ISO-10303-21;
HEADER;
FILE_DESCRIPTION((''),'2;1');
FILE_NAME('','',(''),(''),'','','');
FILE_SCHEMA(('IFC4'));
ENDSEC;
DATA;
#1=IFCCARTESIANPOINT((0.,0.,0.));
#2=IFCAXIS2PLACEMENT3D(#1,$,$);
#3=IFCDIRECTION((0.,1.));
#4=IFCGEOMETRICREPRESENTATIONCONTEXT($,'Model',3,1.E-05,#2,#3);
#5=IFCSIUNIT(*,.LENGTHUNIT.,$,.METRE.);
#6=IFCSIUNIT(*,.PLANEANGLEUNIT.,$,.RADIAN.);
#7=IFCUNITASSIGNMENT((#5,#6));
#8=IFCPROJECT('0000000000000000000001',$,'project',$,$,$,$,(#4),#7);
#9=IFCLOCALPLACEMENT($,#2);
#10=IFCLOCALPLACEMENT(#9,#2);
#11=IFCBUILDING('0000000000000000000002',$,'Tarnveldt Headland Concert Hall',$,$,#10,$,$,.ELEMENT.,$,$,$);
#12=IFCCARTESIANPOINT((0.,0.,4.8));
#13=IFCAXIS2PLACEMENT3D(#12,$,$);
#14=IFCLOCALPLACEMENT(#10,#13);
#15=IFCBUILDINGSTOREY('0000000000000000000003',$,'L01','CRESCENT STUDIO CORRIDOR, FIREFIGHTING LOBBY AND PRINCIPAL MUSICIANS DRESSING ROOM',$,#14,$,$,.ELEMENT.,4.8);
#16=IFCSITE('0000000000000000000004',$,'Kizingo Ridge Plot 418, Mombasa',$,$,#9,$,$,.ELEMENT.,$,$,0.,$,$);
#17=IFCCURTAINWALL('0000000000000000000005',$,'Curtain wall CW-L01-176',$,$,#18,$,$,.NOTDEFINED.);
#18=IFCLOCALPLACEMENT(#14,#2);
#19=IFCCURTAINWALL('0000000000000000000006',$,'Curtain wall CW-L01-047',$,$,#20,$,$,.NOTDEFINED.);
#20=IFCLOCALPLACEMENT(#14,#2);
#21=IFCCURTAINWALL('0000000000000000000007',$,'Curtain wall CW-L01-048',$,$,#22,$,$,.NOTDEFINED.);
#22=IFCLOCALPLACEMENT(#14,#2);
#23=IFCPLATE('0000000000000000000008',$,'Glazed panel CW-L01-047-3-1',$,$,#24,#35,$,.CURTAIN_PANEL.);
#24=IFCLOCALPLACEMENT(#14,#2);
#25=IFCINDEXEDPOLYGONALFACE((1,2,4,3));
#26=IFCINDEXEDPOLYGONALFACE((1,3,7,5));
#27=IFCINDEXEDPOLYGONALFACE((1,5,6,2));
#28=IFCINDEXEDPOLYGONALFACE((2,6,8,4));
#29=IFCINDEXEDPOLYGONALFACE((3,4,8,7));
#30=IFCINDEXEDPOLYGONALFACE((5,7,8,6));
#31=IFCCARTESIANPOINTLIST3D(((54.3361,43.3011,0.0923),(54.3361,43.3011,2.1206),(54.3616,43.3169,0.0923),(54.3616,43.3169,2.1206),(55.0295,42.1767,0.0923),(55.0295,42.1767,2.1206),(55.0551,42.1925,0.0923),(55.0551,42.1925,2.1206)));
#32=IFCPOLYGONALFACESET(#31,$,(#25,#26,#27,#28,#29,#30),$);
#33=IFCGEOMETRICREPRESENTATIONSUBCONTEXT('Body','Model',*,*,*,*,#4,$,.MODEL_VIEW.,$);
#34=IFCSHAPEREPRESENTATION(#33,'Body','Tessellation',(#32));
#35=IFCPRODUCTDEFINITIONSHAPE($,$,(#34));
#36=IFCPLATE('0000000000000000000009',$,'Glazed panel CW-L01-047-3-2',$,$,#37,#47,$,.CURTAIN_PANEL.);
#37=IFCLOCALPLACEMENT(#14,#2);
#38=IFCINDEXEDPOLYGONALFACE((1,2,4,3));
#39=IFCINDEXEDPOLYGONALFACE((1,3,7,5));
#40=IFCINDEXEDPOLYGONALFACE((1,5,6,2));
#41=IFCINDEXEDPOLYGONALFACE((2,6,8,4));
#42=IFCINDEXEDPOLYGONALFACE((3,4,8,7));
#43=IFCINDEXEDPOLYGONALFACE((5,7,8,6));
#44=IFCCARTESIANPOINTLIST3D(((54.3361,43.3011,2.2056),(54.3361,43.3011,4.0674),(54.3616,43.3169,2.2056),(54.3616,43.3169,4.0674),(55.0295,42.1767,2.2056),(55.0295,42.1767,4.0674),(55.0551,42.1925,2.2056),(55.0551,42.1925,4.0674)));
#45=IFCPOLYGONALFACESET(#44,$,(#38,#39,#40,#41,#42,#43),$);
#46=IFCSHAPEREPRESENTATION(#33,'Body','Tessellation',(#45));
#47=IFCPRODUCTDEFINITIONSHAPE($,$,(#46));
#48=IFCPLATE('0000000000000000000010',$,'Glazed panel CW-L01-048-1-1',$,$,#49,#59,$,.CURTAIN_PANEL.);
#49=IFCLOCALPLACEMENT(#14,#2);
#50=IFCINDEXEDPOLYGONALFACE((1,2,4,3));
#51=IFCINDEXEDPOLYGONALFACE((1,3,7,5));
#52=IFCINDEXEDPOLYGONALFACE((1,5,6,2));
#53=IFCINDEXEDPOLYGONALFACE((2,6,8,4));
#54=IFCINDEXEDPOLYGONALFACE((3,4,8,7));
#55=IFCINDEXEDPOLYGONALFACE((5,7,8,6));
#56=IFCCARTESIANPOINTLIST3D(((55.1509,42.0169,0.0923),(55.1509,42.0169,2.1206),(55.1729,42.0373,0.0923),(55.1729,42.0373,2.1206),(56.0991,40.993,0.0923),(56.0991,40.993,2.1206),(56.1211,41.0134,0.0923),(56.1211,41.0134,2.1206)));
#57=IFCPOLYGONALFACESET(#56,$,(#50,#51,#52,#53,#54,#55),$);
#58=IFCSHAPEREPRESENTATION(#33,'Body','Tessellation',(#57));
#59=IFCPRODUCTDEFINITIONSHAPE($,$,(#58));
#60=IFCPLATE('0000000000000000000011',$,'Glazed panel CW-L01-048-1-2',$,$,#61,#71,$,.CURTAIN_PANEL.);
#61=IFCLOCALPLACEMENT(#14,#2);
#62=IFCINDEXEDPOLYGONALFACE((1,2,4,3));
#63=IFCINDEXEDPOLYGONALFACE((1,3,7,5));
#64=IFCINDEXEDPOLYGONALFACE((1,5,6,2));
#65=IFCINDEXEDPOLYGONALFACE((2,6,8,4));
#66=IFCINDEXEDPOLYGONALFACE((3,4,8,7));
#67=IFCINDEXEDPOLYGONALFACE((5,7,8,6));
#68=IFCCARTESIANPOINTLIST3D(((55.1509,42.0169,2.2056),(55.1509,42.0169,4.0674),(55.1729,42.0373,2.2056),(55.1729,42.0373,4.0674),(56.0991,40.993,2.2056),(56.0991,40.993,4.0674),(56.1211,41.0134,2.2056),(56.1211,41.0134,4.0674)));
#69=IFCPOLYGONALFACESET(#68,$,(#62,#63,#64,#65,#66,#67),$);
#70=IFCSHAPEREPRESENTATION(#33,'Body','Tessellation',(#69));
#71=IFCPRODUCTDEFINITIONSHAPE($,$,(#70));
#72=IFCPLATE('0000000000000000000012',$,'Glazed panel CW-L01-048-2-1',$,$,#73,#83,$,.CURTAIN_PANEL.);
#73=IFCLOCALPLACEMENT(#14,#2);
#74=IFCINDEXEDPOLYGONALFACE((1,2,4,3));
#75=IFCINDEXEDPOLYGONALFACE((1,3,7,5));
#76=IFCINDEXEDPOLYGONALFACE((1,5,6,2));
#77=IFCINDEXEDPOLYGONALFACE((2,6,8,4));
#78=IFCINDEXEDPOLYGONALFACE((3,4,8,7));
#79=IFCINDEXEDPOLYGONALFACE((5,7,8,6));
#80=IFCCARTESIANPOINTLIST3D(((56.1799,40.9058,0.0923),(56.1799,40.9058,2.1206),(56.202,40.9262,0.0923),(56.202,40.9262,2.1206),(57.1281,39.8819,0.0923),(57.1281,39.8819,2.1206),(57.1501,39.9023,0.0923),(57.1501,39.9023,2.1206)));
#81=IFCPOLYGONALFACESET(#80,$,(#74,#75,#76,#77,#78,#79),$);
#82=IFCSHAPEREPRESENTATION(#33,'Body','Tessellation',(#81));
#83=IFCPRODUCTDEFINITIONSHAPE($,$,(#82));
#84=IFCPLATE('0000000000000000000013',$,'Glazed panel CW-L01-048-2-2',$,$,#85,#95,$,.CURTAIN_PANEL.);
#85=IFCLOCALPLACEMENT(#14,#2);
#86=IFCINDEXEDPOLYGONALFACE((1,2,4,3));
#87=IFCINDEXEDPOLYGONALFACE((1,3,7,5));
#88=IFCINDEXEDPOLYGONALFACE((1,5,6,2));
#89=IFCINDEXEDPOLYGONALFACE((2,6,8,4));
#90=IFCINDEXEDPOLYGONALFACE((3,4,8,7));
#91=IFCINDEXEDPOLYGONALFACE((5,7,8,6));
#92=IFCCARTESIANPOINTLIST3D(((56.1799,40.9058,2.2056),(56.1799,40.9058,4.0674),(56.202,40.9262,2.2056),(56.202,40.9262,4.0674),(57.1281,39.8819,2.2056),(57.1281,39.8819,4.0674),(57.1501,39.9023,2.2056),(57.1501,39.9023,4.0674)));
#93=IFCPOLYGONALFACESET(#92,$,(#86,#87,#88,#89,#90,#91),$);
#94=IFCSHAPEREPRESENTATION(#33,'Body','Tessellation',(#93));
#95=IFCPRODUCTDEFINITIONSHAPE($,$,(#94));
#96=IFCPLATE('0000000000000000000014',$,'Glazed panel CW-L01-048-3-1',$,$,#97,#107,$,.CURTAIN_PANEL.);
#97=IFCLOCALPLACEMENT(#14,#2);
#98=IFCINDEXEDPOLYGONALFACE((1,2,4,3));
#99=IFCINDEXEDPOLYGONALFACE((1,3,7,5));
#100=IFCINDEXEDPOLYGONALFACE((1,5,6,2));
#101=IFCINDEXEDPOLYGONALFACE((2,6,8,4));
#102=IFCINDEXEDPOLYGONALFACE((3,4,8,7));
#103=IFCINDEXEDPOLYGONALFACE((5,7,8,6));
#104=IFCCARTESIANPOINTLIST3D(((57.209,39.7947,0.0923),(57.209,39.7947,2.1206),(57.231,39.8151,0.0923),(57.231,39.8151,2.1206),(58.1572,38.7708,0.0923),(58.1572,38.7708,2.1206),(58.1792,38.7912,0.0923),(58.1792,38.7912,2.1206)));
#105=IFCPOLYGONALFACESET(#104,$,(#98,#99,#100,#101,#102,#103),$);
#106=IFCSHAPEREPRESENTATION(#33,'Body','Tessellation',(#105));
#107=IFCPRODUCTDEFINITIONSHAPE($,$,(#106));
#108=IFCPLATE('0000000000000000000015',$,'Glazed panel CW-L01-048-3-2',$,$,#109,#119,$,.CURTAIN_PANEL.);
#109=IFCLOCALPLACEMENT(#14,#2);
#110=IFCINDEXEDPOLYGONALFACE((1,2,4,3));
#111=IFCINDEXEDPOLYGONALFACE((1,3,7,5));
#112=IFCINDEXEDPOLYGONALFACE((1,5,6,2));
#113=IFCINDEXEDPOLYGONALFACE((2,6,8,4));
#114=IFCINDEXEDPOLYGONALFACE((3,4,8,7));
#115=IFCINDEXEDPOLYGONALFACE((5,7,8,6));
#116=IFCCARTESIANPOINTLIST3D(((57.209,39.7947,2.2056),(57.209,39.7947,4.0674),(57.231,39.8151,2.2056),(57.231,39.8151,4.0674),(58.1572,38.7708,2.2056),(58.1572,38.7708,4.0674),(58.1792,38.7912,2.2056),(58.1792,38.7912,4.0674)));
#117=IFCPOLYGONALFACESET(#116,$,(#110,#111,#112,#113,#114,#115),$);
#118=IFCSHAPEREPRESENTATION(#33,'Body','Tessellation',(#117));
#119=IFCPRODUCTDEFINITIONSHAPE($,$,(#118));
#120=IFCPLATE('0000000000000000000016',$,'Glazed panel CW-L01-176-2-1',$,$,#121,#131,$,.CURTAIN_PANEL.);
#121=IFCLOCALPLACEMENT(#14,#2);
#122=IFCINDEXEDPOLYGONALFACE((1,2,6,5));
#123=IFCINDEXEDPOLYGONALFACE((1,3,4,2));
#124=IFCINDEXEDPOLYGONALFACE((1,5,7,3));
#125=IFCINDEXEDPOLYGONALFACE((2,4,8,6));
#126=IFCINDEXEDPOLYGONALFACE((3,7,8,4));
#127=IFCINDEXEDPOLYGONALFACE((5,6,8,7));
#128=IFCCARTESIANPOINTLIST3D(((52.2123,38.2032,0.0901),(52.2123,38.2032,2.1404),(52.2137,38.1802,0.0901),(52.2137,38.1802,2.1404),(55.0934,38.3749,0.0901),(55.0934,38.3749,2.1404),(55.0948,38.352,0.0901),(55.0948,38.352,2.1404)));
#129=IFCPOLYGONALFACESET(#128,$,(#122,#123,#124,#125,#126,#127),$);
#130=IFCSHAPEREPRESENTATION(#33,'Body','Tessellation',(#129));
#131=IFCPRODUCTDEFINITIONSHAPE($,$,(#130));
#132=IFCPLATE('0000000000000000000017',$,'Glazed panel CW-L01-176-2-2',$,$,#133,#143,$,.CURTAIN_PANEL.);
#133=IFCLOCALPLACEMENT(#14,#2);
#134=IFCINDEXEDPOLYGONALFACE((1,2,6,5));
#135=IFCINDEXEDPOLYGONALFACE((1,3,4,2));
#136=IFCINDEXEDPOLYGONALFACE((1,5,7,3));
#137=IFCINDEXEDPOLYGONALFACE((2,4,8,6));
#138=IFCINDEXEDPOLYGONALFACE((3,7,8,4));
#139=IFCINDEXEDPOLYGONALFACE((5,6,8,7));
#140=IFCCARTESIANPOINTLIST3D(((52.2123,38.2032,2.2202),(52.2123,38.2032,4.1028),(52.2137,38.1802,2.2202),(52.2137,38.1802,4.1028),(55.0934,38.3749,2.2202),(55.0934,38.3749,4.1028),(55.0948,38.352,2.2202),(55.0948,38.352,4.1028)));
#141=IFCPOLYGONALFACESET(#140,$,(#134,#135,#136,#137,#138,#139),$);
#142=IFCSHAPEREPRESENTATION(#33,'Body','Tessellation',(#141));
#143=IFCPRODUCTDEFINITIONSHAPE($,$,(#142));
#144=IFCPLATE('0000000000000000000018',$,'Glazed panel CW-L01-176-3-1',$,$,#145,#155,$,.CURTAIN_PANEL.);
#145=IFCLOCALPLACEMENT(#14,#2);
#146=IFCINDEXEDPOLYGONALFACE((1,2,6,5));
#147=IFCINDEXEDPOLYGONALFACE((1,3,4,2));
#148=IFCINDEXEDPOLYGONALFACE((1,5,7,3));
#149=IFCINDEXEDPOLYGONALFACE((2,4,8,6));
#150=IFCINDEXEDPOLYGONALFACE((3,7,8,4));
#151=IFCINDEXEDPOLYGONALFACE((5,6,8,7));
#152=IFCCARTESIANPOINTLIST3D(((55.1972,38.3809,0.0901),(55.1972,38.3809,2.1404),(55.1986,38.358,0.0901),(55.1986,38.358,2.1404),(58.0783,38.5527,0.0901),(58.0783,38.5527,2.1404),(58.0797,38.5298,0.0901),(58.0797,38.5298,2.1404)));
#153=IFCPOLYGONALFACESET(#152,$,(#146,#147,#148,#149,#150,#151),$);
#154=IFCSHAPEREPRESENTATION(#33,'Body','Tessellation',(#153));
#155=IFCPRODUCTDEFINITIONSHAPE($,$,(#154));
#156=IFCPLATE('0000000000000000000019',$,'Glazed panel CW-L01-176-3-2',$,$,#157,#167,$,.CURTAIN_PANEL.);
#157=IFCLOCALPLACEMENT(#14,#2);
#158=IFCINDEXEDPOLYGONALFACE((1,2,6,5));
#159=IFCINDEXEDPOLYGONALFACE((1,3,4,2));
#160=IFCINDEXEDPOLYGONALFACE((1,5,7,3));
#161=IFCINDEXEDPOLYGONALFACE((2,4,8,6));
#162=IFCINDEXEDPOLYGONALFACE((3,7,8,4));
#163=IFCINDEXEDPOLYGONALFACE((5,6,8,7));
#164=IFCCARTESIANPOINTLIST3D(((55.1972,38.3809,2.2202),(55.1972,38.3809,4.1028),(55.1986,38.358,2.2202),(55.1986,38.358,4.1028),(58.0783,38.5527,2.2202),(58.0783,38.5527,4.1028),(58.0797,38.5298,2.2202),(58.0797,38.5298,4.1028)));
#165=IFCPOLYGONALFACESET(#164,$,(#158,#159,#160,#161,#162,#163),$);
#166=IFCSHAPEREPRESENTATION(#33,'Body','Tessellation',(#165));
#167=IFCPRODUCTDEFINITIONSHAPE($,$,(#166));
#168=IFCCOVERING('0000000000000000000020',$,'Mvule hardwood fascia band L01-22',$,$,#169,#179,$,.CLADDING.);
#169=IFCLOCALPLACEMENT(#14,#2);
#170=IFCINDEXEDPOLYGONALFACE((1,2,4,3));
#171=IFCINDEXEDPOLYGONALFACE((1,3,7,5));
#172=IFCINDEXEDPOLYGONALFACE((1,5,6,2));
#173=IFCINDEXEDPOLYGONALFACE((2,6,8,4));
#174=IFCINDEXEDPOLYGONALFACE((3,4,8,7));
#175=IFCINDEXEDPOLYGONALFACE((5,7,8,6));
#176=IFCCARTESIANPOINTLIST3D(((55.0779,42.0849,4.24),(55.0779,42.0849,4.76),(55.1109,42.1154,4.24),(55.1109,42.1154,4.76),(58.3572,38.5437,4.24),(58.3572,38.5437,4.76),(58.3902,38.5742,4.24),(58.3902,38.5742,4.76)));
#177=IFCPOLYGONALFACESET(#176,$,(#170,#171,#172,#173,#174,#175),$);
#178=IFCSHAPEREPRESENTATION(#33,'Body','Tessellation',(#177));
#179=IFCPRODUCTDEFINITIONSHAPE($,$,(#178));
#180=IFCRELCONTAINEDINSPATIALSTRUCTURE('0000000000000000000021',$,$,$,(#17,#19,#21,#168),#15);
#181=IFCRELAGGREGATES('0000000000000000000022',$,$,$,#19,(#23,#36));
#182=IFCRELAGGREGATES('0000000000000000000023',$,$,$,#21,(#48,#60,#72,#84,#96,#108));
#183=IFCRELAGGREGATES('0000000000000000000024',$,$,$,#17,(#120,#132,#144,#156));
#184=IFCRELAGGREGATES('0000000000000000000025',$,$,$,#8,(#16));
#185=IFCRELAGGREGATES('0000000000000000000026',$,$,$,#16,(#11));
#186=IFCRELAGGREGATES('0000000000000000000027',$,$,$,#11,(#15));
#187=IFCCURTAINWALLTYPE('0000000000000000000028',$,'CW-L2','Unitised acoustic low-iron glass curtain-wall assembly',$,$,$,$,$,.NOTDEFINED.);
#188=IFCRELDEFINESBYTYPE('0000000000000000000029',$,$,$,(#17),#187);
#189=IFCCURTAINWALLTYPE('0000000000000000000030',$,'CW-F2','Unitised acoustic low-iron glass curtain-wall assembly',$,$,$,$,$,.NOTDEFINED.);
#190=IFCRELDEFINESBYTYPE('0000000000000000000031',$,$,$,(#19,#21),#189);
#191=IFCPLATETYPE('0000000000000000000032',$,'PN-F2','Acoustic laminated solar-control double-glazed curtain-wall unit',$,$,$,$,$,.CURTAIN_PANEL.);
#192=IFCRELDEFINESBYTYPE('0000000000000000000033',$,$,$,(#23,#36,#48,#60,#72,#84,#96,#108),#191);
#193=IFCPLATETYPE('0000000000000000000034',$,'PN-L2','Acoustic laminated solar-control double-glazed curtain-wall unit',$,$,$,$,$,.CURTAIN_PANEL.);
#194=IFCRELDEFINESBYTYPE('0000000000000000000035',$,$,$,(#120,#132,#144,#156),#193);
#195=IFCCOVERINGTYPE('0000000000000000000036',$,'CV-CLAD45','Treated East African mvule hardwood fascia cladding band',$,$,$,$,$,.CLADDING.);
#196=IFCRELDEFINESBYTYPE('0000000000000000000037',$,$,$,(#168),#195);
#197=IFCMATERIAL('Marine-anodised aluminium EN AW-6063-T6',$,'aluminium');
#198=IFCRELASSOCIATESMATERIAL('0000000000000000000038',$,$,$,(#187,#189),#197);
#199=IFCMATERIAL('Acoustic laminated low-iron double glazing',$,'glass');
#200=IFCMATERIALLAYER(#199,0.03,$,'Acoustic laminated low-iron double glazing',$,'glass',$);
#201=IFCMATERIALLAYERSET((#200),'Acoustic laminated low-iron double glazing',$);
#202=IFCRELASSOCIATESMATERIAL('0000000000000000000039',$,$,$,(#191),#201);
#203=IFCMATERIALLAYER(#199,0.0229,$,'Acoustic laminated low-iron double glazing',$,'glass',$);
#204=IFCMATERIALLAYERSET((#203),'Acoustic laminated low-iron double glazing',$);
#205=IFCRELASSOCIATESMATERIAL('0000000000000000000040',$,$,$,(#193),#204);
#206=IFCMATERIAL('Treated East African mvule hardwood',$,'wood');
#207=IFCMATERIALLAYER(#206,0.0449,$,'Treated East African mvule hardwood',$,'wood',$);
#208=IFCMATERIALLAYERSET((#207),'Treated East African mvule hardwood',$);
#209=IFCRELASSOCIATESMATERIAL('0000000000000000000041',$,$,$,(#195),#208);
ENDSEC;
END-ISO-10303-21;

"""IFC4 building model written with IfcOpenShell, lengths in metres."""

from ifc_helpers import new_model, si_unit, direction, frame, frame_2d, origin, origin_2d, place, context, subcontext, project, spatial, rectangle, extrude, material, layer, layer_set, type_object, element, aggregate, save


model = new_model("IFC4")

# Units and contexts
model_context = context("Model", 3, precision=1e-05, world=origin(), true_north=direction((0.0, 1.0)))
body_context = subcontext(model_context, "Body", "Model", "MODEL_VIEW")
ifc_project = project(units=[si_unit("LENGTHUNIT", "METRE"), si_unit("PLANEANGLEUNIT", "RADIAN")], contexts=[model_context])

# Site, building, storey
site_placement = place(None, origin())
site = spatial("IfcSite", under=ifc_project, at=site_placement, Name="Kizingo Ridge Plot 418, Mombasa", CompositionType="ELEMENT", RefElevation=0.0)
building_placement = place(site_placement, origin())
building = spatial("IfcBuilding", under=site, at=building_placement, Name="Tarnveldt Headland Concert Hall", CompositionType="ELEMENT")
storey_placement = place(building_placement, frame((0.0, 0.0, 4.8)))
storey = spatial("IfcBuildingStorey", under=building, at=storey_placement, Name="L01", Description="CRESCENT STUDIO CORRIDOR, FIREFIGHTING LOBBY AND PRINCIPAL MUSICIANS DRESSING ROOM", CompositionType="ELEMENT", Elevation=4.8)

# Curtain wall
ifc_material_1 = material(Name="Marine-anodised aluminium EN AW-6063-T6", Category="aluminium")
curtain_wall_type_1 = type_object("IfcCurtainWallType", Name="CW-L2", Description="Unitised acoustic low-iron glass curtain-wall assembly", PredefinedType="NOTDEFINED", material=ifc_material_1)
curtain_wall_1_placement = place(storey_placement, origin())
curtain_wall_1 = element("IfcCurtainWall", 1, at=curtain_wall_1_placement, inside=storey, type_object=curtain_wall_type_1, Name="Curtain wall CW-L01-176", PredefinedType="NOTDEFINED")

# Curtain wall
curtain_wall_type_2 = type_object("IfcCurtainWallType", Name="CW-F2", Description="Unitised acoustic low-iron glass curtain-wall assembly", PredefinedType="NOTDEFINED", material=ifc_material_1)
curtain_wall_2_placement = place(storey_placement, origin())
curtain_wall_2 = element("IfcCurtainWall", 2, at=curtain_wall_2_placement, inside=storey, type_object=curtain_wall_type_2, Name="Curtain wall CW-L01-047", PredefinedType="NOTDEFINED")

# Curtain wall
curtain_wall_3_placement = place(storey_placement, origin())
curtain_wall_3 = element("IfcCurtainWall", 3, at=curtain_wall_3_placement, inside=storey, type_object=curtain_wall_type_2, Name="Curtain wall CW-L01-048", PredefinedType="NOTDEFINED")

# Plates
ifc_material_2 = material(Name="Acoustic laminated low-iron double glazing", Category="glass")
ifc_layer_1 = layer(ifc_material_2, 0.03, Name="Acoustic laminated low-iron double glazing", Category="glass")
ifc_layer_set_1 = layer_set([ifc_layer_1], Name="Acoustic laminated low-iron double glazing")
plate_type_1 = type_object("IfcPlateType", Name="PN-F2", Description="Acoustic laminated solar-control double-glazed curtain-wall unit", PredefinedType="CURTAIN_PANEL", material=ifc_layer_set_1)
plate_1_placement = place(storey_placement, frame((54.6956, 42.7468, 0.0923), z_axis=(0.0, 0.0, 1.0), x_axis=(0.524922, -0.85115, 0.0)))
plate_1 = element("IfcPlate", 4, at=plate_1_placement, type_object=plate_type_1, Name="Glazed panel CW-L01-047-3-1", PredefinedType="CURTAIN_PANEL", context=body_context, shape_type="SweptSolid", body=[
    extrude(rectangle(XDim=1.321, YDim=0.03, at=origin_2d()), origin(), (0.0, 0.0, 1.0), 2.0283),
])
plate_2_placement = place(storey_placement, frame((54.6956, 42.7468, 2.2056), z_axis=(0.0, 0.0, 1.0), x_axis=(0.524922, -0.85115, 0.0)))
plate_2 = element("IfcPlate", 5, at=plate_2_placement, type_object=plate_type_1, Name="Glazed panel CW-L01-047-3-2", PredefinedType="CURTAIN_PANEL", context=body_context, shape_type="SweptSolid", body=[
    extrude(rectangle(XDim=1.321, YDim=0.03, at=origin_2d()), origin(), (0.0, 0.0, 1.0), 1.8618),
])
aggregate(curtain_wall_2, [plate_1, plate_2])
plate_3_placement = place(storey_placement, frame((55.636, 41.5151, 0.0923), z_axis=(0.0, 0.0, 1.0), x_axis=(0.679454, -0.733718, 0.0)))
plate_3 = element("IfcPlate", 6, at=plate_3_placement, type_object=plate_type_1, Name="Glazed panel CW-L01-048-1-1", PredefinedType="CURTAIN_PANEL", context=body_context, shape_type="SweptSolid", body=[
    extrude(rectangle(XDim=1.3955, YDim=0.03, at=origin_2d()), origin(), (0.0, 0.0, 1.0), 2.0283),
])
plate_4_placement = place(storey_placement, frame((55.636, 41.5151, 2.2056), z_axis=(0.0, 0.0, 1.0), x_axis=(0.679454, -0.733718, 0.0)))
plate_4 = element("IfcPlate", 7, at=plate_4_placement, type_object=plate_type_1, Name="Glazed panel CW-L01-048-1-2", PredefinedType="CURTAIN_PANEL", context=body_context, shape_type="SweptSolid", body=[
    extrude(rectangle(XDim=1.3955, YDim=0.03, at=origin_2d()), origin(), (0.0, 0.0, 1.0), 1.8618),
])
plate_5_placement = place(storey_placement, frame((56.665, 40.4041, 0.0923), z_axis=(0.0, 0.0, 1.0), x_axis=(0.679454, -0.733718, 0.0)))
plate_5 = element("IfcPlate", 8, at=plate_5_placement, type_object=plate_type_1, Name="Glazed panel CW-L01-048-2-1", PredefinedType="CURTAIN_PANEL", context=body_context, shape_type="SweptSolid", body=[
    extrude(rectangle(XDim=1.3955, YDim=0.03, at=origin_2d()), origin(), (0.0, 0.0, 1.0), 2.0283),
])
plate_6_placement = place(storey_placement, frame((56.665, 40.4041, 2.2056), z_axis=(0.0, 0.0, 1.0), x_axis=(0.679454, -0.733718, 0.0)))
plate_6 = element("IfcPlate", 9, at=plate_6_placement, type_object=plate_type_1, Name="Glazed panel CW-L01-048-2-2", PredefinedType="CURTAIN_PANEL", context=body_context, shape_type="SweptSolid", body=[
    extrude(rectangle(XDim=1.3955, YDim=0.03, at=origin_2d()), origin(), (0.0, 0.0, 1.0), 1.8618),
])
plate_7_placement = place(storey_placement, frame((57.6941, 39.293, 0.0923), z_axis=(0.0, 0.0, 1.0), x_axis=(0.679454, -0.733718, 0.0)))
plate_7 = element("IfcPlate", 10, at=plate_7_placement, type_object=plate_type_1, Name="Glazed panel CW-L01-048-3-1", PredefinedType="CURTAIN_PANEL", context=body_context, shape_type="SweptSolid", body=[
    extrude(rectangle(XDim=1.3955, YDim=0.03, at=origin_2d()), origin(), (0.0, 0.0, 1.0), 2.0283),
])
plate_8_placement = place(storey_placement, frame((57.6941, 39.293, 2.2056), z_axis=(0.0, 0.0, 1.0), x_axis=(0.679454, -0.733718, 0.0)))
plate_8 = element("IfcPlate", 11, at=plate_8_placement, type_object=plate_type_1, Name="Glazed panel CW-L01-048-3-2", PredefinedType="CURTAIN_PANEL", context=body_context, shape_type="SweptSolid", body=[
    extrude(rectangle(XDim=1.3955, YDim=0.03, at=origin_2d()), origin(), (0.0, 0.0, 1.0), 1.8618),
])
aggregate(curtain_wall_3, [plate_3, plate_4, plate_5, plate_6, plate_7, plate_8])
ifc_layer_2 = layer(ifc_material_2, 0.0229, Name="Acoustic laminated low-iron double glazing", Category="glass")
ifc_layer_set_2 = layer_set([ifc_layer_2], Name="Acoustic laminated low-iron double glazing")
plate_type_2 = type_object("IfcPlateType", Name="PN-L2", Description="Acoustic laminated solar-control double-glazed curtain-wall unit", PredefinedType="CURTAIN_PANEL", material=ifc_layer_set_2)
plate_9_placement = place(storey_placement, frame((53.6536, 38.2776, 0.0901), z_axis=(0.0, 0.0, 1.0), x_axis=(0.998227, 0.059515, 0.0)))
plate_9 = element("IfcPlate", 12, at=plate_9_placement, type_object=plate_type_2, Name="Glazed panel CW-L01-176-2-1", PredefinedType="CURTAIN_PANEL", context=body_context, shape_type="SweptSolid", body=[
    extrude(rectangle(XDim=2.8862, YDim=0.0229, at=origin_2d()), origin(), (0.0, 0.0, 1.0), 2.0503),
])
plate_10_placement = place(storey_placement, frame((53.6536, 38.2776, 2.2202), z_axis=(0.0, 0.0, 1.0), x_axis=(0.998227, 0.059515, 0.0)))
plate_10 = element("IfcPlate", 13, at=plate_10_placement, type_object=plate_type_2, Name="Glazed panel CW-L01-176-2-2", PredefinedType="CURTAIN_PANEL", context=body_context, shape_type="SweptSolid", body=[
    extrude(rectangle(XDim=2.8862, YDim=0.0229, at=origin_2d()), origin(), (0.0, 0.0, 1.0), 1.8826),
])
plate_11_placement = place(storey_placement, frame((56.6384, 38.4553, 0.0901), z_axis=(0.0, 0.0, 1.0), x_axis=(0.998227, 0.059515, 0.0)))
plate_11 = element("IfcPlate", 14, at=plate_11_placement, type_object=plate_type_2, Name="Glazed panel CW-L01-176-3-1", PredefinedType="CURTAIN_PANEL", context=body_context, shape_type="SweptSolid", body=[
    extrude(rectangle(XDim=2.8862, YDim=0.0229, at=origin_2d()), origin(), (0.0, 0.0, 1.0), 2.0503),
])
plate_12_placement = place(storey_placement, frame((56.6384, 38.4553, 2.2202), z_axis=(0.0, 0.0, 1.0), x_axis=(0.998227, 0.059515, 0.0)))
plate_12 = element("IfcPlate", 15, at=plate_12_placement, type_object=plate_type_2, Name="Glazed panel CW-L01-176-3-2", PredefinedType="CURTAIN_PANEL", context=body_context, shape_type="SweptSolid", body=[
    extrude(rectangle(XDim=2.8862, YDim=0.0229, at=origin_2d()), origin(), (0.0, 0.0, 1.0), 1.8826),
])
aggregate(curtain_wall_1, [plate_9, plate_10, plate_11, plate_12])

# Covering
ifc_material_3 = material(Name="Treated East African mvule hardwood", Category="wood")
ifc_layer_3 = layer(ifc_material_3, 0.0449, Name="Treated East African mvule hardwood", Category="wood")
ifc_layer_set_3 = layer_set([ifc_layer_3], Name="Treated East African mvule hardwood")
covering_type = type_object("IfcCoveringType", Name="CV-CLAD45", Description="Treated East African mvule hardwood fascia cladding band", PredefinedType="CLADDING", material=ifc_layer_set_3)
covering_placement = place(storey_placement, frame((55.0945, 42.1001, 4.24), z_axis=(0.0, 0.0, 1.0), x_axis=(0.679447, -0.733724, 0.0)))
element("IfcCovering", 16, at=covering_placement, inside=storey, type_object=covering_type, Name="Mvule hardwood fascia band L01-22", PredefinedType="CLADDING", context=body_context, shape_type="SweptSolid", body=[
    extrude(rectangle(XDim=4.8264, YDim=0.0449, at=frame_2d((2.4131, 0.0))), origin(), (0.0, 0.0, 1.0), 0.52),
])

save(model, "model.ifc")
